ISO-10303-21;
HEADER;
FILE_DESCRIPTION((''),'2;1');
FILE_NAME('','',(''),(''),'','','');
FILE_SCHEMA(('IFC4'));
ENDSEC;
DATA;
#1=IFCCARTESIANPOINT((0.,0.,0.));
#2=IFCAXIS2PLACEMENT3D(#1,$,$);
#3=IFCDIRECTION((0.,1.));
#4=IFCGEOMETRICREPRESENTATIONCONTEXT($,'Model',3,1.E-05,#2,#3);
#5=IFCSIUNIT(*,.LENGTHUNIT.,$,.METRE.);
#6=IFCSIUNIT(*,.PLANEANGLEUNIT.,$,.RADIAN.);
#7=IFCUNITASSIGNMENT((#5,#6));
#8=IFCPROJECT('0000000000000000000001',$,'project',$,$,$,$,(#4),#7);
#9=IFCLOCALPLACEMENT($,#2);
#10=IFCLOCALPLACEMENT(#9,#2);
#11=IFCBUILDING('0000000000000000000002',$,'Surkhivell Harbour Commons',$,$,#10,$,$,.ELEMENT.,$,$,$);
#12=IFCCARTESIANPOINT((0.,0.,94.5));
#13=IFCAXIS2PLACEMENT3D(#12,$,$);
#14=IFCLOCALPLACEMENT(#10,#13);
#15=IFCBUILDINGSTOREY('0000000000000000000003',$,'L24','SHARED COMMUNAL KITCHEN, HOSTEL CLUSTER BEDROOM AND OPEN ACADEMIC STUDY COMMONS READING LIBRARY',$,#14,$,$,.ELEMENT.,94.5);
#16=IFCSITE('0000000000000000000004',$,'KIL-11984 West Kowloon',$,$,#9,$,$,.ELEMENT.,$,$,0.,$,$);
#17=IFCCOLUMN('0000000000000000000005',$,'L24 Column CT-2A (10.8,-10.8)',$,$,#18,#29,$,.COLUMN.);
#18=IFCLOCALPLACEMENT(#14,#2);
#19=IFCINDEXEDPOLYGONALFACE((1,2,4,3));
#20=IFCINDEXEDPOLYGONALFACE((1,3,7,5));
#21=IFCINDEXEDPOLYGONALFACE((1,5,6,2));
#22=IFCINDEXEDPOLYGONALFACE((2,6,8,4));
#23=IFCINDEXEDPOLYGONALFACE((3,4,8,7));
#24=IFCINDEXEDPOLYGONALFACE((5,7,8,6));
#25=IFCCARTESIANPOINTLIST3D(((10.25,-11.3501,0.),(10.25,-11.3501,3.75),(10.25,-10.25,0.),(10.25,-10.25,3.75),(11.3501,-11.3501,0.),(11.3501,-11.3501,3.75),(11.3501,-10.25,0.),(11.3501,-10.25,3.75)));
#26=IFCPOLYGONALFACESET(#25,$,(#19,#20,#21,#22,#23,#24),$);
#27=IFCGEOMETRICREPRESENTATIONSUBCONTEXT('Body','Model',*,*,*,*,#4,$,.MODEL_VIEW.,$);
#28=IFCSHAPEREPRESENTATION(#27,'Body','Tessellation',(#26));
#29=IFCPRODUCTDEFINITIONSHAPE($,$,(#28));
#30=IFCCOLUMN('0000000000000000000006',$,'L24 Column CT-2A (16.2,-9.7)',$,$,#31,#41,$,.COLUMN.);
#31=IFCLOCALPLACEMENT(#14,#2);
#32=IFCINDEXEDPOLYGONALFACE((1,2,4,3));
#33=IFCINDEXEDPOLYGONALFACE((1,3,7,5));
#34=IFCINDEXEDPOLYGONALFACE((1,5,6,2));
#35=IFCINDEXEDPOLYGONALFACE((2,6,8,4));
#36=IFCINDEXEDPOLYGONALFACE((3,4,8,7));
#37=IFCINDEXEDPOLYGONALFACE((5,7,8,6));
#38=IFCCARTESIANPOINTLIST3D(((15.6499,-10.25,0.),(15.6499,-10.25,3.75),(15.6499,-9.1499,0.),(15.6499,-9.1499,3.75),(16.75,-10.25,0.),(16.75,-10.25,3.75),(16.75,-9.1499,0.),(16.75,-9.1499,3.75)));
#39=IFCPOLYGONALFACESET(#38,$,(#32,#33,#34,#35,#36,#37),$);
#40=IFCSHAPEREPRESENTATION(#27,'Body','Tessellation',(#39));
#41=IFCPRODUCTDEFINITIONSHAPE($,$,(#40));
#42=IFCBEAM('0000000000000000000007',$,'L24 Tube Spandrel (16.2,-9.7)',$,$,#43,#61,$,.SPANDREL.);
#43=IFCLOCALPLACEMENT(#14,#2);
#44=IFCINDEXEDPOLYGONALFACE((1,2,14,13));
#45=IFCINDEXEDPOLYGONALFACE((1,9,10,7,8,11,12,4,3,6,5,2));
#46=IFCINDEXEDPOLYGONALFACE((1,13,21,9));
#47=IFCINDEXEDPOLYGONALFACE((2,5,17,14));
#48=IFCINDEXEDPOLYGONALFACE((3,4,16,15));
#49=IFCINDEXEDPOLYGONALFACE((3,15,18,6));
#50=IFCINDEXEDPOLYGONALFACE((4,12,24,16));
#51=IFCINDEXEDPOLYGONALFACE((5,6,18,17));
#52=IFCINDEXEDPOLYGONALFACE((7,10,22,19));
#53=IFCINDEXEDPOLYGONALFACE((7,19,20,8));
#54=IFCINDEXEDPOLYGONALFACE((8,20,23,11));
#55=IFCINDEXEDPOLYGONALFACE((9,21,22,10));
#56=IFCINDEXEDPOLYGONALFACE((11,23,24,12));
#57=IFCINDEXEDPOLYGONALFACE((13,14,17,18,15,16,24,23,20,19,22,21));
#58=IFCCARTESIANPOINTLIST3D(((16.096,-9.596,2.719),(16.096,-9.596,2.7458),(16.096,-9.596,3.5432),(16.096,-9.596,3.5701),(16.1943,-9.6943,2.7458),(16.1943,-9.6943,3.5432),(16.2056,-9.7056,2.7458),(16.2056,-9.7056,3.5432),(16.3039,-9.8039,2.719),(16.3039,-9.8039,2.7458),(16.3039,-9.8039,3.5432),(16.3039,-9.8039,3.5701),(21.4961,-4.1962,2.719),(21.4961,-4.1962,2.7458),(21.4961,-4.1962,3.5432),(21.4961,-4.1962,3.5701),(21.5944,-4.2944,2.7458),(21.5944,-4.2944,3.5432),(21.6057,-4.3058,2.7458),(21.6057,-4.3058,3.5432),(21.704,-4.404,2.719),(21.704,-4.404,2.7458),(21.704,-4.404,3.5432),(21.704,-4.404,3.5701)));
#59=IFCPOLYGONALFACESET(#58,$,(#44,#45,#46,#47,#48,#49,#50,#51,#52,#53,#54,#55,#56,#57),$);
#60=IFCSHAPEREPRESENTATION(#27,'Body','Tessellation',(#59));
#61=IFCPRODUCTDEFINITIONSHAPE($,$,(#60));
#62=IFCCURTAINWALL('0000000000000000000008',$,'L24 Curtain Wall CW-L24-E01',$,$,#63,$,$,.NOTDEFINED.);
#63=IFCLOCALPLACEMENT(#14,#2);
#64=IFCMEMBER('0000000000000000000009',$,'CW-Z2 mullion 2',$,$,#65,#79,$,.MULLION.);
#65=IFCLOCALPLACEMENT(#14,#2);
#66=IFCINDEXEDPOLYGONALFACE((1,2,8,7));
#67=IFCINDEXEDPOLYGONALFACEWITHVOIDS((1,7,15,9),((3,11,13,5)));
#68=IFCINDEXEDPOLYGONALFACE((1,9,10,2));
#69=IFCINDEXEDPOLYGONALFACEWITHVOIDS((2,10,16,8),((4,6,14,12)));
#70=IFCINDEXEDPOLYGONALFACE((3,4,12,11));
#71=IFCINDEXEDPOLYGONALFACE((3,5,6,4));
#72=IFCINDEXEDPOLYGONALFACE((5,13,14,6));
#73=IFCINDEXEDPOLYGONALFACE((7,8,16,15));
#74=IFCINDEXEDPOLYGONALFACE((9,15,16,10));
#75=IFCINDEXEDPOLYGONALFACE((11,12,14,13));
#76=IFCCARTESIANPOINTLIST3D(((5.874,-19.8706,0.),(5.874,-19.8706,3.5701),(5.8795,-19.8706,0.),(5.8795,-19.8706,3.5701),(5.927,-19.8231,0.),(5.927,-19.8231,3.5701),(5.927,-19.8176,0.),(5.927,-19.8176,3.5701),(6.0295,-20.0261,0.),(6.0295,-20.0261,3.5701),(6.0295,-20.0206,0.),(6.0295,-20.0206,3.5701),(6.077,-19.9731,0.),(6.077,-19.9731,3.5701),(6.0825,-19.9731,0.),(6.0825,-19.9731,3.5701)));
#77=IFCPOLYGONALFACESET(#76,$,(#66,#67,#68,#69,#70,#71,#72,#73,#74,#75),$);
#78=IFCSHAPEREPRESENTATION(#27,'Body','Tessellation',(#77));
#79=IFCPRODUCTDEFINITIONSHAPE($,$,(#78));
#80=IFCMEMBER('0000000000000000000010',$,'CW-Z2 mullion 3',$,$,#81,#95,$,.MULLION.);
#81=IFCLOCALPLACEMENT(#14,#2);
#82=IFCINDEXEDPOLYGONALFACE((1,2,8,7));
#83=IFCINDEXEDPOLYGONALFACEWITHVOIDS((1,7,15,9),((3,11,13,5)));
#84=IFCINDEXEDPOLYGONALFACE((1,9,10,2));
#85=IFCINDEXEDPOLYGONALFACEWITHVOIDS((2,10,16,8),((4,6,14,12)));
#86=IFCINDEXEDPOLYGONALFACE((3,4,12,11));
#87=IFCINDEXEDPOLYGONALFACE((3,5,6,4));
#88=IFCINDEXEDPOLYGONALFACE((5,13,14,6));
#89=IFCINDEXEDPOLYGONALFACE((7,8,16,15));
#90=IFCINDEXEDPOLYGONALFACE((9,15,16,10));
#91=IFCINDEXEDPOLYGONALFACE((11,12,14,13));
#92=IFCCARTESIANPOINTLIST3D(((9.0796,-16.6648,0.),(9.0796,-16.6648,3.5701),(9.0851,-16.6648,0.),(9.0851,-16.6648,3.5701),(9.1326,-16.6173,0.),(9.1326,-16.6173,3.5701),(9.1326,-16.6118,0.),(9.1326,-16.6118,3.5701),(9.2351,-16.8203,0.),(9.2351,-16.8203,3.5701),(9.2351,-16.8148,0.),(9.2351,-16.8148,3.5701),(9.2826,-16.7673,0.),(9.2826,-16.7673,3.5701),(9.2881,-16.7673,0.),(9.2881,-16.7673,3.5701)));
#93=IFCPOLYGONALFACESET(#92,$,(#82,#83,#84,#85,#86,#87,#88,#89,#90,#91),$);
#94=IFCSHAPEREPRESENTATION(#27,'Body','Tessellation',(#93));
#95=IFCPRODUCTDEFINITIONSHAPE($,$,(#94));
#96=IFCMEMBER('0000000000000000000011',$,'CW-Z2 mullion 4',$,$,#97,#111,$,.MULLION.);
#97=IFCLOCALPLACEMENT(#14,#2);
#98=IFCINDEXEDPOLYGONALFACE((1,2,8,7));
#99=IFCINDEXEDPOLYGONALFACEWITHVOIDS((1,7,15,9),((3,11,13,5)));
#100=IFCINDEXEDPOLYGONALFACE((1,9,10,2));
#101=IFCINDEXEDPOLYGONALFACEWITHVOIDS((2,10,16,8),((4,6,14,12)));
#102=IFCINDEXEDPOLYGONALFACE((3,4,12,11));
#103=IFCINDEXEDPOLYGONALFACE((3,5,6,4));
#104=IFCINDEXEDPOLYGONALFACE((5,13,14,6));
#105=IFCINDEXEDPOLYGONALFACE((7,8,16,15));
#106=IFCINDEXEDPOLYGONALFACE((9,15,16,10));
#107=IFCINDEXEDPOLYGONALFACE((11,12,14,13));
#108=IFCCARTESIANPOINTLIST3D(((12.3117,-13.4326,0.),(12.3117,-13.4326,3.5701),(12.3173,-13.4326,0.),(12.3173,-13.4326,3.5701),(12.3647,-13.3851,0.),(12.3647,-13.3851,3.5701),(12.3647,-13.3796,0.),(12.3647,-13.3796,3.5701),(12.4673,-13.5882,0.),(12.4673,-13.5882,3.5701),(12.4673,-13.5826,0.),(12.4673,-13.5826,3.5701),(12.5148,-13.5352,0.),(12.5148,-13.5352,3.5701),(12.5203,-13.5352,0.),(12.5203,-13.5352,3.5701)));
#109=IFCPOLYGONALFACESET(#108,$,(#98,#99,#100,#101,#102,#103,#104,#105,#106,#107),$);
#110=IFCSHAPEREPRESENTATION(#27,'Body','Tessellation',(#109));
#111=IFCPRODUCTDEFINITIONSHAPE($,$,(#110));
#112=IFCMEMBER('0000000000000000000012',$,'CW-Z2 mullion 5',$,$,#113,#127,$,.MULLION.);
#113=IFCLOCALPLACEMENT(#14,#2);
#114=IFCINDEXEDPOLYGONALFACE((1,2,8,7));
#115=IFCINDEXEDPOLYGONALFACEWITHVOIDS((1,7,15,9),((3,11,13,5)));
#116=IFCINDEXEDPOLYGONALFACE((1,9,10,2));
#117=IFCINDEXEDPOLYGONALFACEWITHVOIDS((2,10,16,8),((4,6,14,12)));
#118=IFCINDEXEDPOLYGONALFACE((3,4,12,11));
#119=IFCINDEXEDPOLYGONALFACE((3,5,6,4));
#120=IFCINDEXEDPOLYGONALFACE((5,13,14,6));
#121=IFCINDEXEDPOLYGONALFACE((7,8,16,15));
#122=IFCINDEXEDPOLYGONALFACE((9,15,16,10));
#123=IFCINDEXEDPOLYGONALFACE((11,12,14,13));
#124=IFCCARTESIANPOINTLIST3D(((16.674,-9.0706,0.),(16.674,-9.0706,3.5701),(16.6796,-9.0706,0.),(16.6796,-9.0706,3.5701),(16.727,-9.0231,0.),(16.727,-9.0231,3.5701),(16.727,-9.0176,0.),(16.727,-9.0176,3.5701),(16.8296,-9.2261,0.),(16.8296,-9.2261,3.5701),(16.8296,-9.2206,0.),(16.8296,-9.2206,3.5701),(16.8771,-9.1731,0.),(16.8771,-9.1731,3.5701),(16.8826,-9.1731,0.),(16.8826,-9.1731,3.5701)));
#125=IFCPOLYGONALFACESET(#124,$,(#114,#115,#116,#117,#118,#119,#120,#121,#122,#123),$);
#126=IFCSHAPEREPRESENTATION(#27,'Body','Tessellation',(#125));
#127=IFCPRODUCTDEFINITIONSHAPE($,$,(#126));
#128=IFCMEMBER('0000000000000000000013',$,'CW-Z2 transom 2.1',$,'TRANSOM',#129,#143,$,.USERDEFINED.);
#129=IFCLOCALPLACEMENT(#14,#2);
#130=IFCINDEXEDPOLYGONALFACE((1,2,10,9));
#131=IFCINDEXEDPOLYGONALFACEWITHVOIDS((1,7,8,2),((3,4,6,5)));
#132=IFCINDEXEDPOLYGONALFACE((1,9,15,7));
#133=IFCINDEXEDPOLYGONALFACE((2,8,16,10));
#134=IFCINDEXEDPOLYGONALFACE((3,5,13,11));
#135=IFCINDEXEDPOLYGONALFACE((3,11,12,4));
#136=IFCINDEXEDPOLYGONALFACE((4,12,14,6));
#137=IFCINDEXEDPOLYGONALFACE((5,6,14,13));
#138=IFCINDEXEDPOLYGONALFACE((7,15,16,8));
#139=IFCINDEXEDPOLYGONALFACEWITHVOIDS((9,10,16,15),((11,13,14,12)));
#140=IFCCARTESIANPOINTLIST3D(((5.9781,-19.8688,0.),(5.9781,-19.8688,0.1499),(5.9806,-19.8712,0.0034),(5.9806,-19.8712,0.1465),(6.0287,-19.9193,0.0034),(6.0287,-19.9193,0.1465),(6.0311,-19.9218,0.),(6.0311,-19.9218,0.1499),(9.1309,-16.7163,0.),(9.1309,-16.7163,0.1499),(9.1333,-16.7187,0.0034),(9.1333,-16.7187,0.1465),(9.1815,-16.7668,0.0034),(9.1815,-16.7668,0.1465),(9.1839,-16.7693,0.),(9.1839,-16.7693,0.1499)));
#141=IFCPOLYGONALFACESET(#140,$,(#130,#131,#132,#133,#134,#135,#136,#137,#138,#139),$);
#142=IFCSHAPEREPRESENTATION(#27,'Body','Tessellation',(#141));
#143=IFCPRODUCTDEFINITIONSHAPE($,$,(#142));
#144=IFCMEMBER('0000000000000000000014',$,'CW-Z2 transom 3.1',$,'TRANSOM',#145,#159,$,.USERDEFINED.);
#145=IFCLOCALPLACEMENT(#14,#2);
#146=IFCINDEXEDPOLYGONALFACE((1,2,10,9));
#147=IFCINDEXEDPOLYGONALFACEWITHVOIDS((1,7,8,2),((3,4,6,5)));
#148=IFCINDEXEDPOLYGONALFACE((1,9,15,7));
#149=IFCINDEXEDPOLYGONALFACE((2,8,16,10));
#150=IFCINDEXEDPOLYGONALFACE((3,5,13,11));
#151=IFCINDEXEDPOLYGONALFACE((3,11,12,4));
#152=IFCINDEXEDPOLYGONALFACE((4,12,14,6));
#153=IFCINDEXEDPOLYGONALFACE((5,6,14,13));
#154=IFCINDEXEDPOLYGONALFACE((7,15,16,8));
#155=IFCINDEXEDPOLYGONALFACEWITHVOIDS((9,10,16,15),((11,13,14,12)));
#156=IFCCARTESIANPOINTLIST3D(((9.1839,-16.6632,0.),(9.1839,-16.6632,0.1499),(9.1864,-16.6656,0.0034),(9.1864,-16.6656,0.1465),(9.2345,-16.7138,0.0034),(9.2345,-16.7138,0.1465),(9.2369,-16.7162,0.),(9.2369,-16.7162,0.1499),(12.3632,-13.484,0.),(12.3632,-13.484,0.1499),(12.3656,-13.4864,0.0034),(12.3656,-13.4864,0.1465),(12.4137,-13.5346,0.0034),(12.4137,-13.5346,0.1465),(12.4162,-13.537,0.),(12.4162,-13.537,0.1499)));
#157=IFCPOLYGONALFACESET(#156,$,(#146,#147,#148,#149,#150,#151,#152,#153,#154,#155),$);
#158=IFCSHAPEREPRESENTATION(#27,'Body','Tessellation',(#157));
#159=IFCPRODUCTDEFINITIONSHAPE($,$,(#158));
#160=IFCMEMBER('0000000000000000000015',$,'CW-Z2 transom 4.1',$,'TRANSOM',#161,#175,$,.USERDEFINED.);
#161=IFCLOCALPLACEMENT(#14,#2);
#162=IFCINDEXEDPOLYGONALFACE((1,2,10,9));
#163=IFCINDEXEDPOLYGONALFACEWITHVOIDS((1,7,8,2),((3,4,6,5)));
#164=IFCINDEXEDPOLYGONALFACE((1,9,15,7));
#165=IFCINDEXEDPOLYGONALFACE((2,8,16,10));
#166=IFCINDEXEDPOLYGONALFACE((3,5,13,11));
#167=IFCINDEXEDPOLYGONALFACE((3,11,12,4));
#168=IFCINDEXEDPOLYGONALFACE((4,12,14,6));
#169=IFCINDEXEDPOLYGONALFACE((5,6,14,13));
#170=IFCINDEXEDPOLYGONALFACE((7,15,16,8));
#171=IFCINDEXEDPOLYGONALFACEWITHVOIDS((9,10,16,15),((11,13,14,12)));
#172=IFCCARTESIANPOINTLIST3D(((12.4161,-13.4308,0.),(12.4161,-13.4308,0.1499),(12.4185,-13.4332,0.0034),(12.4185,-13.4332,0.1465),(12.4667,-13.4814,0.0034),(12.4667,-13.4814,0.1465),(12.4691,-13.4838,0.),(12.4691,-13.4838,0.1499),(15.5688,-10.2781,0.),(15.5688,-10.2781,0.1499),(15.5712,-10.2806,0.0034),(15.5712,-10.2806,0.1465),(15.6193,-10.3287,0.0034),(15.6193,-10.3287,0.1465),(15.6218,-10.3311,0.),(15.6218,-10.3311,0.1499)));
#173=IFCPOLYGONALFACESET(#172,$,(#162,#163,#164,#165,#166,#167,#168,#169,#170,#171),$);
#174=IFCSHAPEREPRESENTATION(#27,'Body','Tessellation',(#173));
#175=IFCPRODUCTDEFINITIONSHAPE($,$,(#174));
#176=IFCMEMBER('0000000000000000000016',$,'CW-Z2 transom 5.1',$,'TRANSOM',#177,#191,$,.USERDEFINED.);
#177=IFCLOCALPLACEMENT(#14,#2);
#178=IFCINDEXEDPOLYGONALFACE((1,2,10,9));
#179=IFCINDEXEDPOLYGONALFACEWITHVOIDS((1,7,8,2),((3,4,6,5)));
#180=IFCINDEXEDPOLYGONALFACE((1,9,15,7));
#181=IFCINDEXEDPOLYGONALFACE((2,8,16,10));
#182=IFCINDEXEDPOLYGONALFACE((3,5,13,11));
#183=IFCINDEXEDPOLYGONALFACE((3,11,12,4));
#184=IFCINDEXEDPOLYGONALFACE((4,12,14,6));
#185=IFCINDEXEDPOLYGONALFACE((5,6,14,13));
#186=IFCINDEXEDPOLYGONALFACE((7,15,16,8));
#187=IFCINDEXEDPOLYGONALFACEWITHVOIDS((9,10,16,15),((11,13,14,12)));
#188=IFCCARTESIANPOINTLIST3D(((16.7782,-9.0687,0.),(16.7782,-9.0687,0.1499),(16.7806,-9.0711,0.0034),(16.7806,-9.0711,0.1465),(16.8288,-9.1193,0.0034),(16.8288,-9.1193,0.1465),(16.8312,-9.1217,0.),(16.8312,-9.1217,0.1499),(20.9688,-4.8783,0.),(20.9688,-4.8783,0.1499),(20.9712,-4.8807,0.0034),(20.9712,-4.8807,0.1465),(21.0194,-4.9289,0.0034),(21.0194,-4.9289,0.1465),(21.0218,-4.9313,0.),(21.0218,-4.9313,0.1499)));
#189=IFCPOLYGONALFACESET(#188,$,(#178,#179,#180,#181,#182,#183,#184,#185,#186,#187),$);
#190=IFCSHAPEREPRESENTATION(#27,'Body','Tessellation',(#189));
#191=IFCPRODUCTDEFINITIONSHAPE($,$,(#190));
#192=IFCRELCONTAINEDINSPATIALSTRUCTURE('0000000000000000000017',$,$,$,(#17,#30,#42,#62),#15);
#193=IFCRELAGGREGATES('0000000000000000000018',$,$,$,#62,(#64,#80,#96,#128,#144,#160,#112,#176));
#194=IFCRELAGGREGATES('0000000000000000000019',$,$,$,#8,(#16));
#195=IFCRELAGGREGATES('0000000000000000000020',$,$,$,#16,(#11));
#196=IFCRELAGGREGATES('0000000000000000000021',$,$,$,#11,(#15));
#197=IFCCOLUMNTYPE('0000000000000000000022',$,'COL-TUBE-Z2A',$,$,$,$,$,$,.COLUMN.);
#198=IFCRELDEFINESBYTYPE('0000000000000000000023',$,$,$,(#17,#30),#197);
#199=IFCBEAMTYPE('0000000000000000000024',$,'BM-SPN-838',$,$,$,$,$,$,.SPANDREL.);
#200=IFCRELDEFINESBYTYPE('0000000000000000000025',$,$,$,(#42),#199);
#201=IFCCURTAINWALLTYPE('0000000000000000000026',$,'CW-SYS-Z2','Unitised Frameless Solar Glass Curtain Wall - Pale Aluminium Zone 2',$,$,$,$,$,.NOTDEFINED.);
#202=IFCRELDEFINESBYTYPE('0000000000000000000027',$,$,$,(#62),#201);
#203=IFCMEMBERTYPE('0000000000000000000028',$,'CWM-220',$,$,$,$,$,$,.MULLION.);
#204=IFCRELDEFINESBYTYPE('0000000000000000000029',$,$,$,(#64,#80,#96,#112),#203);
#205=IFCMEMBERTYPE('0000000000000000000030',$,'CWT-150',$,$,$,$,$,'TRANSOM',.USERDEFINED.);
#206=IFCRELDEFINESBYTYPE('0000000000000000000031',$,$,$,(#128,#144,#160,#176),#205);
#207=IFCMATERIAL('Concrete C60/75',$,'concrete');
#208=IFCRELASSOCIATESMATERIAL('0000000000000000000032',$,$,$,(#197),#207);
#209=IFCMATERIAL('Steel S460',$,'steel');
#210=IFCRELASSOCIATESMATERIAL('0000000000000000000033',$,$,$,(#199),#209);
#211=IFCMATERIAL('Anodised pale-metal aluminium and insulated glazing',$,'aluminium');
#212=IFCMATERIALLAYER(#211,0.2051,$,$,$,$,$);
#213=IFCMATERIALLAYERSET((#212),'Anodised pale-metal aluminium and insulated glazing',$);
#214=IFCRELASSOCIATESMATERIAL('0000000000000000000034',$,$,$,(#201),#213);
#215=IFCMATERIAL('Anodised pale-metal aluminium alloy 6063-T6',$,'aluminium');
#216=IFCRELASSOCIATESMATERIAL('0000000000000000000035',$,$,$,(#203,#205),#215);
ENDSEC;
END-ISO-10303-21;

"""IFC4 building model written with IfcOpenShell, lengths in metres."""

from ifc_helpers import new_model, si_unit, direction, frame, origin, origin_2d, place, context, subcontext, project, spatial, rectangle, hollow_rectangle, i_section, extrude, material, layer, layer_set, material_profile, profile_set, type_object, element, aggregate, save


model = new_model("IFC4")

# Units and contexts
model_context = context("Model", 3, precision=1e-05, world=origin(), true_north=direction((0.0, 1.0)))
body_context = subcontext(model_context, "Body", "Model", "MODEL_VIEW")
ifc_project = project(units=[si_unit("LENGTHUNIT", "METRE"), si_unit("PLANEANGLEUNIT", "RADIAN")], contexts=[model_context])

# Site, building, storey
site_placement = place(None, origin())
site = spatial("IfcSite", under=ifc_project, at=site_placement, Name="KIL-11984 West Kowloon", CompositionType="ELEMENT", RefElevation=0.0)
building_placement = place(site_placement, origin())
building = spatial("IfcBuilding", under=site, at=building_placement, Name="Surkhivell Harbour Commons", CompositionType="ELEMENT")
storey_placement = place(building_placement, frame((0.0, 0.0, 94.5)))
storey = spatial("IfcBuildingStorey", under=building, at=storey_placement, Name="L24", Description="SHARED COMMUNAL KITCHEN, HOSTEL CLUSTER BEDROOM AND OPEN ACADEMIC STUDY COMMONS READING LIBRARY", CompositionType="ELEMENT", Elevation=94.5)

# Columns
ifc_material_1 = material(Name="Concrete C60/75", Category="concrete")
ifc_material_profile_1 = material_profile(ifc_material_1, rectangle(XDim=1.1001, YDim=1.1001, at=origin_2d()), Name="RC-COL-1100x1100")
ifc_profile_set_1 = profile_set([ifc_material_profile_1], Name="Concrete C60/75")
column_type = type_object("IfcColumnType", Name="COL-TUBE-Z2A", PredefinedType="COLUMN", material=ifc_profile_set_1)
for number, where, z_axis, x_axis, name in (
    (1, (10.8, -10.8, 0.0), (0.0, 0.0, 1.0), (1.0, 0.0, 0.0), "L24 Column CT-2A (10.8,-10.8)"),
    (2, (16.2, -9.7, 0.0), (0.0, 0.0, 1.0), (1.0, 0.0, 0.0), "L24 Column CT-2A (16.2,-9.7)"),
):
    element("IfcColumn", number, at=place(storey_placement, frame(where, z_axis=z_axis, x_axis=x_axis)), inside=storey, type_object=column_type, Name=name, PredefinedType="COLUMN", context=body_context, shape_type="SweptSolid", body=[
        extrude(rectangle(XDim=1.1001, YDim=1.1001, at=origin_2d()), origin(), (0.0, 0.0, 1.0), 3.75),
    ])

# Beam
ifc_material_2 = material(Name="Steel S460", Category="steel")
ifc_material_profile_2 = material_profile(ifc_material_2, i_section(OverallWidth=0.2939, OverallDepth=0.8511, WebThickness=0.0161, FlangeThickness=0.0269, at=origin_2d()), Name="UB838x292x226")
ifc_profile_set_2 = profile_set([ifc_material_profile_2], Name="Steel S460")
beam_type = type_object("IfcBeamType", Name="BM-SPN-838", PredefinedType="SPANDREL", material=ifc_profile_set_2)
beam_placement = place(storey_placement, frame((16.2, -9.7, 3.1445), z_axis=(0.707123, 0.707091, 0.0), x_axis=(-0.707091, 0.707123, 0.0)))
element("IfcBeam", 3, at=beam_placement, inside=storey, type_object=beam_type, Name="L24 Tube Spandrel (16.2,-9.7)", PredefinedType="SPANDREL", context=body_context, shape_type="SweptSolid", body=[
    extrude(i_section(OverallWidth=0.2939, OverallDepth=0.8511, WebThickness=0.0161, FlangeThickness=0.0269, at=origin_2d()), origin(), (0.0, 0.0, 1.0), 7.6367),
])

# Curtain wall, members
ifc_material_3 = material(Name="Anodised pale-metal aluminium and insulated glazing", Category="aluminium")
ifc_layer_1 = layer(ifc_material_3, 0.2051)
ifc_layer_set_1 = layer_set([ifc_layer_1], Name="Anodised pale-metal aluminium and insulated glazing")
curtain_wall_type = type_object("IfcCurtainWallType", Name="CW-SYS-Z2", Description="Unitised Frameless Solar Glass Curtain Wall - Pale Aluminium Zone 2", PredefinedType="NOTDEFINED", material=ifc_layer_set_1)
curtain_wall_placement = place(storey_placement, origin())
curtain_wall = element("IfcCurtainWall", 4, at=curtain_wall_placement, inside=storey, type_object=curtain_wall_type, Name="L24 Curtain Wall CW-L24-E01", PredefinedType="NOTDEFINED")
ifc_material_4 = material(Name="Anodised pale-metal aluminium alloy 6063-T6", Category="aluminium")
ifc_material_profile_3 = material_profile(ifc_material_4, hollow_rectangle(XDim=0.075, YDim=0.22, WallThickness=0.0039, at=origin_2d()), Name="ALU-MULL-75x220")
ifc_profile_set_3 = profile_set([ifc_material_profile_3], Name="Anodised pale-metal aluminium alloy 6063-T6")
member_type_1 = type_object("IfcMemberType", Name="CWM-220", PredefinedType="MULLION", material=ifc_profile_set_3)
member_1_placement = place(storey_placement, frame((5.9783, -19.9219, 0.0), z_axis=(0.0, 0.0, 1.0), x_axis=(0.707107, 0.707107, 0.0)))
member_1 = element("IfcMember", 5, at=member_1_placement, type_object=member_type_1, Name="CW-Z2 mullion 2", PredefinedType="MULLION", context=body_context, shape_type="SweptSolid", body=[
    extrude(hollow_rectangle(XDim=0.075, YDim=0.22, WallThickness=0.0039, at=origin_2d()), origin(), (0.0, 0.0, 1.0), 3.5701),
])
member_2_placement = place(storey_placement, frame((9.1838, -16.7161, 0.0), z_axis=(0.0, 0.0, 1.0), x_axis=(0.707107, 0.707107, 0.0)))
member_2 = element("IfcMember", 6, at=member_2_placement, type_object=member_type_1, Name="CW-Z2 mullion 3", PredefinedType="MULLION", context=body_context, shape_type="SweptSolid", body=[
    extrude(hollow_rectangle(XDim=0.075, YDim=0.22, WallThickness=0.0039, at=origin_2d()), origin(), (0.0, 0.0, 1.0), 3.5701),
])
member_3_placement = place(storey_placement, frame((12.416, -13.4839, 0.0), z_axis=(0.0, 0.0, 1.0), x_axis=(0.707107, 0.707107, 0.0)))
member_3 = element("IfcMember", 7, at=member_3_placement, type_object=member_type_1, Name="CW-Z2 mullion 4", PredefinedType="MULLION", context=body_context, shape_type="SweptSolid", body=[
    extrude(hollow_rectangle(XDim=0.075, YDim=0.22, WallThickness=0.0039, at=origin_2d()), origin(), (0.0, 0.0, 1.0), 3.5701),
])
member_4_placement = place(storey_placement, frame((16.7783, -9.1218, 0.0), z_axis=(0.0, 0.0, 1.0), x_axis=(0.707107, 0.707107, 0.0)))
member_4 = element("IfcMember", 8, at=member_4_placement, type_object=member_type_1, Name="CW-Z2 mullion 5", PredefinedType="MULLION", context=body_context, shape_type="SweptSolid", body=[
    extrude(hollow_rectangle(XDim=0.075, YDim=0.22, WallThickness=0.0039, at=origin_2d()), origin(), (0.0, 0.0, 1.0), 3.5701),
])
ifc_material_profile_4 = material_profile(ifc_material_4, hollow_rectangle(XDim=0.075, YDim=0.1499, WallThickness=0.0034, at=origin_2d()), Name="ALU-TRAN-75x150")
ifc_profile_set_4 = profile_set([ifc_material_profile_4], Name="Anodised pale-metal aluminium alloy 6063-T6")
member_type_2 = type_object("IfcMemberType", Name="CWT-150", ElementType="TRANSOM", PredefinedType="USERDEFINED", material=ifc_profile_set_4)
member_5_placement = place(storey_placement, frame((6.0046, -19.8953, 0.075), z_axis=(0.707134, 0.707079, 0.0), x_axis=(-0.707079, 0.707134, 0.0)))
member_5 = element("IfcMember", 9, at=member_5_placement, type_object=member_type_2, Name="CW-Z2 transom 2.1", ObjectType="TRANSOM", PredefinedType="USERDEFINED", context=body_context, shape_type="SweptSolid", body=[
    extrude(hollow_rectangle(XDim=0.075, YDim=0.1499, WallThickness=0.0034, at=origin_2d()), origin(), (0.0, 0.0, 1.0), 4.4585),
])
member_6_placement = place(storey_placement, frame((9.2104, -16.6897, 0.075), z_axis=(0.707107, 0.707107, 0.0), x_axis=(-0.707107, 0.707107, 0.0)))
member_6 = element("IfcMember", 10, at=member_6_placement, type_object=member_type_2, Name="CW-Z2 transom 3.1", ObjectType="TRANSOM", PredefinedType="USERDEFINED", context=body_context, shape_type="SweptSolid", body=[
    extrude(hollow_rectangle(XDim=0.075, YDim=0.1499, WallThickness=0.0034, at=origin_2d()), origin(), (0.0, 0.0, 1.0), 4.4961),
])
member_7_placement = place(storey_placement, frame((12.4426, -13.4573, 0.075), z_axis=(0.707107, 0.707107, 0.0), x_axis=(-0.707107, 0.707107, 0.0)))
member_7 = element("IfcMember", 11, at=member_7_placement, type_object=member_type_2, Name="CW-Z2 transom 4.1", ObjectType="TRANSOM", PredefinedType="USERDEFINED", context=body_context, shape_type="SweptSolid", body=[
    extrude(hollow_rectangle(XDim=0.075, YDim=0.1499, WallThickness=0.0034, at=origin_2d()), origin(), (0.0, 0.0, 1.0), 4.4585),
])
member_8_placement = place(storey_placement, frame((16.8047, -9.0952, 0.075), z_axis=(0.707127, 0.707086, 0.0), x_axis=(-0.707086, 0.707127, 0.0)))
member_8 = element("IfcMember", 12, at=member_8_placement, type_object=member_type_2, Name="CW-Z2 transom 5.1", ObjectType="TRANSOM", PredefinedType="USERDEFINED", context=body_context, shape_type="SweptSolid", body=[
    extrude(hollow_rectangle(XDim=0.075, YDim=0.1499, WallThickness=0.0034, at=origin_2d()), origin(), (0.0, 0.0, 1.0), 5.9263),
])
aggregate(curtain_wall, [member_1, member_2, member_3, member_5, member_6, member_7, member_4, member_8])

save(model, "model.ifc")
